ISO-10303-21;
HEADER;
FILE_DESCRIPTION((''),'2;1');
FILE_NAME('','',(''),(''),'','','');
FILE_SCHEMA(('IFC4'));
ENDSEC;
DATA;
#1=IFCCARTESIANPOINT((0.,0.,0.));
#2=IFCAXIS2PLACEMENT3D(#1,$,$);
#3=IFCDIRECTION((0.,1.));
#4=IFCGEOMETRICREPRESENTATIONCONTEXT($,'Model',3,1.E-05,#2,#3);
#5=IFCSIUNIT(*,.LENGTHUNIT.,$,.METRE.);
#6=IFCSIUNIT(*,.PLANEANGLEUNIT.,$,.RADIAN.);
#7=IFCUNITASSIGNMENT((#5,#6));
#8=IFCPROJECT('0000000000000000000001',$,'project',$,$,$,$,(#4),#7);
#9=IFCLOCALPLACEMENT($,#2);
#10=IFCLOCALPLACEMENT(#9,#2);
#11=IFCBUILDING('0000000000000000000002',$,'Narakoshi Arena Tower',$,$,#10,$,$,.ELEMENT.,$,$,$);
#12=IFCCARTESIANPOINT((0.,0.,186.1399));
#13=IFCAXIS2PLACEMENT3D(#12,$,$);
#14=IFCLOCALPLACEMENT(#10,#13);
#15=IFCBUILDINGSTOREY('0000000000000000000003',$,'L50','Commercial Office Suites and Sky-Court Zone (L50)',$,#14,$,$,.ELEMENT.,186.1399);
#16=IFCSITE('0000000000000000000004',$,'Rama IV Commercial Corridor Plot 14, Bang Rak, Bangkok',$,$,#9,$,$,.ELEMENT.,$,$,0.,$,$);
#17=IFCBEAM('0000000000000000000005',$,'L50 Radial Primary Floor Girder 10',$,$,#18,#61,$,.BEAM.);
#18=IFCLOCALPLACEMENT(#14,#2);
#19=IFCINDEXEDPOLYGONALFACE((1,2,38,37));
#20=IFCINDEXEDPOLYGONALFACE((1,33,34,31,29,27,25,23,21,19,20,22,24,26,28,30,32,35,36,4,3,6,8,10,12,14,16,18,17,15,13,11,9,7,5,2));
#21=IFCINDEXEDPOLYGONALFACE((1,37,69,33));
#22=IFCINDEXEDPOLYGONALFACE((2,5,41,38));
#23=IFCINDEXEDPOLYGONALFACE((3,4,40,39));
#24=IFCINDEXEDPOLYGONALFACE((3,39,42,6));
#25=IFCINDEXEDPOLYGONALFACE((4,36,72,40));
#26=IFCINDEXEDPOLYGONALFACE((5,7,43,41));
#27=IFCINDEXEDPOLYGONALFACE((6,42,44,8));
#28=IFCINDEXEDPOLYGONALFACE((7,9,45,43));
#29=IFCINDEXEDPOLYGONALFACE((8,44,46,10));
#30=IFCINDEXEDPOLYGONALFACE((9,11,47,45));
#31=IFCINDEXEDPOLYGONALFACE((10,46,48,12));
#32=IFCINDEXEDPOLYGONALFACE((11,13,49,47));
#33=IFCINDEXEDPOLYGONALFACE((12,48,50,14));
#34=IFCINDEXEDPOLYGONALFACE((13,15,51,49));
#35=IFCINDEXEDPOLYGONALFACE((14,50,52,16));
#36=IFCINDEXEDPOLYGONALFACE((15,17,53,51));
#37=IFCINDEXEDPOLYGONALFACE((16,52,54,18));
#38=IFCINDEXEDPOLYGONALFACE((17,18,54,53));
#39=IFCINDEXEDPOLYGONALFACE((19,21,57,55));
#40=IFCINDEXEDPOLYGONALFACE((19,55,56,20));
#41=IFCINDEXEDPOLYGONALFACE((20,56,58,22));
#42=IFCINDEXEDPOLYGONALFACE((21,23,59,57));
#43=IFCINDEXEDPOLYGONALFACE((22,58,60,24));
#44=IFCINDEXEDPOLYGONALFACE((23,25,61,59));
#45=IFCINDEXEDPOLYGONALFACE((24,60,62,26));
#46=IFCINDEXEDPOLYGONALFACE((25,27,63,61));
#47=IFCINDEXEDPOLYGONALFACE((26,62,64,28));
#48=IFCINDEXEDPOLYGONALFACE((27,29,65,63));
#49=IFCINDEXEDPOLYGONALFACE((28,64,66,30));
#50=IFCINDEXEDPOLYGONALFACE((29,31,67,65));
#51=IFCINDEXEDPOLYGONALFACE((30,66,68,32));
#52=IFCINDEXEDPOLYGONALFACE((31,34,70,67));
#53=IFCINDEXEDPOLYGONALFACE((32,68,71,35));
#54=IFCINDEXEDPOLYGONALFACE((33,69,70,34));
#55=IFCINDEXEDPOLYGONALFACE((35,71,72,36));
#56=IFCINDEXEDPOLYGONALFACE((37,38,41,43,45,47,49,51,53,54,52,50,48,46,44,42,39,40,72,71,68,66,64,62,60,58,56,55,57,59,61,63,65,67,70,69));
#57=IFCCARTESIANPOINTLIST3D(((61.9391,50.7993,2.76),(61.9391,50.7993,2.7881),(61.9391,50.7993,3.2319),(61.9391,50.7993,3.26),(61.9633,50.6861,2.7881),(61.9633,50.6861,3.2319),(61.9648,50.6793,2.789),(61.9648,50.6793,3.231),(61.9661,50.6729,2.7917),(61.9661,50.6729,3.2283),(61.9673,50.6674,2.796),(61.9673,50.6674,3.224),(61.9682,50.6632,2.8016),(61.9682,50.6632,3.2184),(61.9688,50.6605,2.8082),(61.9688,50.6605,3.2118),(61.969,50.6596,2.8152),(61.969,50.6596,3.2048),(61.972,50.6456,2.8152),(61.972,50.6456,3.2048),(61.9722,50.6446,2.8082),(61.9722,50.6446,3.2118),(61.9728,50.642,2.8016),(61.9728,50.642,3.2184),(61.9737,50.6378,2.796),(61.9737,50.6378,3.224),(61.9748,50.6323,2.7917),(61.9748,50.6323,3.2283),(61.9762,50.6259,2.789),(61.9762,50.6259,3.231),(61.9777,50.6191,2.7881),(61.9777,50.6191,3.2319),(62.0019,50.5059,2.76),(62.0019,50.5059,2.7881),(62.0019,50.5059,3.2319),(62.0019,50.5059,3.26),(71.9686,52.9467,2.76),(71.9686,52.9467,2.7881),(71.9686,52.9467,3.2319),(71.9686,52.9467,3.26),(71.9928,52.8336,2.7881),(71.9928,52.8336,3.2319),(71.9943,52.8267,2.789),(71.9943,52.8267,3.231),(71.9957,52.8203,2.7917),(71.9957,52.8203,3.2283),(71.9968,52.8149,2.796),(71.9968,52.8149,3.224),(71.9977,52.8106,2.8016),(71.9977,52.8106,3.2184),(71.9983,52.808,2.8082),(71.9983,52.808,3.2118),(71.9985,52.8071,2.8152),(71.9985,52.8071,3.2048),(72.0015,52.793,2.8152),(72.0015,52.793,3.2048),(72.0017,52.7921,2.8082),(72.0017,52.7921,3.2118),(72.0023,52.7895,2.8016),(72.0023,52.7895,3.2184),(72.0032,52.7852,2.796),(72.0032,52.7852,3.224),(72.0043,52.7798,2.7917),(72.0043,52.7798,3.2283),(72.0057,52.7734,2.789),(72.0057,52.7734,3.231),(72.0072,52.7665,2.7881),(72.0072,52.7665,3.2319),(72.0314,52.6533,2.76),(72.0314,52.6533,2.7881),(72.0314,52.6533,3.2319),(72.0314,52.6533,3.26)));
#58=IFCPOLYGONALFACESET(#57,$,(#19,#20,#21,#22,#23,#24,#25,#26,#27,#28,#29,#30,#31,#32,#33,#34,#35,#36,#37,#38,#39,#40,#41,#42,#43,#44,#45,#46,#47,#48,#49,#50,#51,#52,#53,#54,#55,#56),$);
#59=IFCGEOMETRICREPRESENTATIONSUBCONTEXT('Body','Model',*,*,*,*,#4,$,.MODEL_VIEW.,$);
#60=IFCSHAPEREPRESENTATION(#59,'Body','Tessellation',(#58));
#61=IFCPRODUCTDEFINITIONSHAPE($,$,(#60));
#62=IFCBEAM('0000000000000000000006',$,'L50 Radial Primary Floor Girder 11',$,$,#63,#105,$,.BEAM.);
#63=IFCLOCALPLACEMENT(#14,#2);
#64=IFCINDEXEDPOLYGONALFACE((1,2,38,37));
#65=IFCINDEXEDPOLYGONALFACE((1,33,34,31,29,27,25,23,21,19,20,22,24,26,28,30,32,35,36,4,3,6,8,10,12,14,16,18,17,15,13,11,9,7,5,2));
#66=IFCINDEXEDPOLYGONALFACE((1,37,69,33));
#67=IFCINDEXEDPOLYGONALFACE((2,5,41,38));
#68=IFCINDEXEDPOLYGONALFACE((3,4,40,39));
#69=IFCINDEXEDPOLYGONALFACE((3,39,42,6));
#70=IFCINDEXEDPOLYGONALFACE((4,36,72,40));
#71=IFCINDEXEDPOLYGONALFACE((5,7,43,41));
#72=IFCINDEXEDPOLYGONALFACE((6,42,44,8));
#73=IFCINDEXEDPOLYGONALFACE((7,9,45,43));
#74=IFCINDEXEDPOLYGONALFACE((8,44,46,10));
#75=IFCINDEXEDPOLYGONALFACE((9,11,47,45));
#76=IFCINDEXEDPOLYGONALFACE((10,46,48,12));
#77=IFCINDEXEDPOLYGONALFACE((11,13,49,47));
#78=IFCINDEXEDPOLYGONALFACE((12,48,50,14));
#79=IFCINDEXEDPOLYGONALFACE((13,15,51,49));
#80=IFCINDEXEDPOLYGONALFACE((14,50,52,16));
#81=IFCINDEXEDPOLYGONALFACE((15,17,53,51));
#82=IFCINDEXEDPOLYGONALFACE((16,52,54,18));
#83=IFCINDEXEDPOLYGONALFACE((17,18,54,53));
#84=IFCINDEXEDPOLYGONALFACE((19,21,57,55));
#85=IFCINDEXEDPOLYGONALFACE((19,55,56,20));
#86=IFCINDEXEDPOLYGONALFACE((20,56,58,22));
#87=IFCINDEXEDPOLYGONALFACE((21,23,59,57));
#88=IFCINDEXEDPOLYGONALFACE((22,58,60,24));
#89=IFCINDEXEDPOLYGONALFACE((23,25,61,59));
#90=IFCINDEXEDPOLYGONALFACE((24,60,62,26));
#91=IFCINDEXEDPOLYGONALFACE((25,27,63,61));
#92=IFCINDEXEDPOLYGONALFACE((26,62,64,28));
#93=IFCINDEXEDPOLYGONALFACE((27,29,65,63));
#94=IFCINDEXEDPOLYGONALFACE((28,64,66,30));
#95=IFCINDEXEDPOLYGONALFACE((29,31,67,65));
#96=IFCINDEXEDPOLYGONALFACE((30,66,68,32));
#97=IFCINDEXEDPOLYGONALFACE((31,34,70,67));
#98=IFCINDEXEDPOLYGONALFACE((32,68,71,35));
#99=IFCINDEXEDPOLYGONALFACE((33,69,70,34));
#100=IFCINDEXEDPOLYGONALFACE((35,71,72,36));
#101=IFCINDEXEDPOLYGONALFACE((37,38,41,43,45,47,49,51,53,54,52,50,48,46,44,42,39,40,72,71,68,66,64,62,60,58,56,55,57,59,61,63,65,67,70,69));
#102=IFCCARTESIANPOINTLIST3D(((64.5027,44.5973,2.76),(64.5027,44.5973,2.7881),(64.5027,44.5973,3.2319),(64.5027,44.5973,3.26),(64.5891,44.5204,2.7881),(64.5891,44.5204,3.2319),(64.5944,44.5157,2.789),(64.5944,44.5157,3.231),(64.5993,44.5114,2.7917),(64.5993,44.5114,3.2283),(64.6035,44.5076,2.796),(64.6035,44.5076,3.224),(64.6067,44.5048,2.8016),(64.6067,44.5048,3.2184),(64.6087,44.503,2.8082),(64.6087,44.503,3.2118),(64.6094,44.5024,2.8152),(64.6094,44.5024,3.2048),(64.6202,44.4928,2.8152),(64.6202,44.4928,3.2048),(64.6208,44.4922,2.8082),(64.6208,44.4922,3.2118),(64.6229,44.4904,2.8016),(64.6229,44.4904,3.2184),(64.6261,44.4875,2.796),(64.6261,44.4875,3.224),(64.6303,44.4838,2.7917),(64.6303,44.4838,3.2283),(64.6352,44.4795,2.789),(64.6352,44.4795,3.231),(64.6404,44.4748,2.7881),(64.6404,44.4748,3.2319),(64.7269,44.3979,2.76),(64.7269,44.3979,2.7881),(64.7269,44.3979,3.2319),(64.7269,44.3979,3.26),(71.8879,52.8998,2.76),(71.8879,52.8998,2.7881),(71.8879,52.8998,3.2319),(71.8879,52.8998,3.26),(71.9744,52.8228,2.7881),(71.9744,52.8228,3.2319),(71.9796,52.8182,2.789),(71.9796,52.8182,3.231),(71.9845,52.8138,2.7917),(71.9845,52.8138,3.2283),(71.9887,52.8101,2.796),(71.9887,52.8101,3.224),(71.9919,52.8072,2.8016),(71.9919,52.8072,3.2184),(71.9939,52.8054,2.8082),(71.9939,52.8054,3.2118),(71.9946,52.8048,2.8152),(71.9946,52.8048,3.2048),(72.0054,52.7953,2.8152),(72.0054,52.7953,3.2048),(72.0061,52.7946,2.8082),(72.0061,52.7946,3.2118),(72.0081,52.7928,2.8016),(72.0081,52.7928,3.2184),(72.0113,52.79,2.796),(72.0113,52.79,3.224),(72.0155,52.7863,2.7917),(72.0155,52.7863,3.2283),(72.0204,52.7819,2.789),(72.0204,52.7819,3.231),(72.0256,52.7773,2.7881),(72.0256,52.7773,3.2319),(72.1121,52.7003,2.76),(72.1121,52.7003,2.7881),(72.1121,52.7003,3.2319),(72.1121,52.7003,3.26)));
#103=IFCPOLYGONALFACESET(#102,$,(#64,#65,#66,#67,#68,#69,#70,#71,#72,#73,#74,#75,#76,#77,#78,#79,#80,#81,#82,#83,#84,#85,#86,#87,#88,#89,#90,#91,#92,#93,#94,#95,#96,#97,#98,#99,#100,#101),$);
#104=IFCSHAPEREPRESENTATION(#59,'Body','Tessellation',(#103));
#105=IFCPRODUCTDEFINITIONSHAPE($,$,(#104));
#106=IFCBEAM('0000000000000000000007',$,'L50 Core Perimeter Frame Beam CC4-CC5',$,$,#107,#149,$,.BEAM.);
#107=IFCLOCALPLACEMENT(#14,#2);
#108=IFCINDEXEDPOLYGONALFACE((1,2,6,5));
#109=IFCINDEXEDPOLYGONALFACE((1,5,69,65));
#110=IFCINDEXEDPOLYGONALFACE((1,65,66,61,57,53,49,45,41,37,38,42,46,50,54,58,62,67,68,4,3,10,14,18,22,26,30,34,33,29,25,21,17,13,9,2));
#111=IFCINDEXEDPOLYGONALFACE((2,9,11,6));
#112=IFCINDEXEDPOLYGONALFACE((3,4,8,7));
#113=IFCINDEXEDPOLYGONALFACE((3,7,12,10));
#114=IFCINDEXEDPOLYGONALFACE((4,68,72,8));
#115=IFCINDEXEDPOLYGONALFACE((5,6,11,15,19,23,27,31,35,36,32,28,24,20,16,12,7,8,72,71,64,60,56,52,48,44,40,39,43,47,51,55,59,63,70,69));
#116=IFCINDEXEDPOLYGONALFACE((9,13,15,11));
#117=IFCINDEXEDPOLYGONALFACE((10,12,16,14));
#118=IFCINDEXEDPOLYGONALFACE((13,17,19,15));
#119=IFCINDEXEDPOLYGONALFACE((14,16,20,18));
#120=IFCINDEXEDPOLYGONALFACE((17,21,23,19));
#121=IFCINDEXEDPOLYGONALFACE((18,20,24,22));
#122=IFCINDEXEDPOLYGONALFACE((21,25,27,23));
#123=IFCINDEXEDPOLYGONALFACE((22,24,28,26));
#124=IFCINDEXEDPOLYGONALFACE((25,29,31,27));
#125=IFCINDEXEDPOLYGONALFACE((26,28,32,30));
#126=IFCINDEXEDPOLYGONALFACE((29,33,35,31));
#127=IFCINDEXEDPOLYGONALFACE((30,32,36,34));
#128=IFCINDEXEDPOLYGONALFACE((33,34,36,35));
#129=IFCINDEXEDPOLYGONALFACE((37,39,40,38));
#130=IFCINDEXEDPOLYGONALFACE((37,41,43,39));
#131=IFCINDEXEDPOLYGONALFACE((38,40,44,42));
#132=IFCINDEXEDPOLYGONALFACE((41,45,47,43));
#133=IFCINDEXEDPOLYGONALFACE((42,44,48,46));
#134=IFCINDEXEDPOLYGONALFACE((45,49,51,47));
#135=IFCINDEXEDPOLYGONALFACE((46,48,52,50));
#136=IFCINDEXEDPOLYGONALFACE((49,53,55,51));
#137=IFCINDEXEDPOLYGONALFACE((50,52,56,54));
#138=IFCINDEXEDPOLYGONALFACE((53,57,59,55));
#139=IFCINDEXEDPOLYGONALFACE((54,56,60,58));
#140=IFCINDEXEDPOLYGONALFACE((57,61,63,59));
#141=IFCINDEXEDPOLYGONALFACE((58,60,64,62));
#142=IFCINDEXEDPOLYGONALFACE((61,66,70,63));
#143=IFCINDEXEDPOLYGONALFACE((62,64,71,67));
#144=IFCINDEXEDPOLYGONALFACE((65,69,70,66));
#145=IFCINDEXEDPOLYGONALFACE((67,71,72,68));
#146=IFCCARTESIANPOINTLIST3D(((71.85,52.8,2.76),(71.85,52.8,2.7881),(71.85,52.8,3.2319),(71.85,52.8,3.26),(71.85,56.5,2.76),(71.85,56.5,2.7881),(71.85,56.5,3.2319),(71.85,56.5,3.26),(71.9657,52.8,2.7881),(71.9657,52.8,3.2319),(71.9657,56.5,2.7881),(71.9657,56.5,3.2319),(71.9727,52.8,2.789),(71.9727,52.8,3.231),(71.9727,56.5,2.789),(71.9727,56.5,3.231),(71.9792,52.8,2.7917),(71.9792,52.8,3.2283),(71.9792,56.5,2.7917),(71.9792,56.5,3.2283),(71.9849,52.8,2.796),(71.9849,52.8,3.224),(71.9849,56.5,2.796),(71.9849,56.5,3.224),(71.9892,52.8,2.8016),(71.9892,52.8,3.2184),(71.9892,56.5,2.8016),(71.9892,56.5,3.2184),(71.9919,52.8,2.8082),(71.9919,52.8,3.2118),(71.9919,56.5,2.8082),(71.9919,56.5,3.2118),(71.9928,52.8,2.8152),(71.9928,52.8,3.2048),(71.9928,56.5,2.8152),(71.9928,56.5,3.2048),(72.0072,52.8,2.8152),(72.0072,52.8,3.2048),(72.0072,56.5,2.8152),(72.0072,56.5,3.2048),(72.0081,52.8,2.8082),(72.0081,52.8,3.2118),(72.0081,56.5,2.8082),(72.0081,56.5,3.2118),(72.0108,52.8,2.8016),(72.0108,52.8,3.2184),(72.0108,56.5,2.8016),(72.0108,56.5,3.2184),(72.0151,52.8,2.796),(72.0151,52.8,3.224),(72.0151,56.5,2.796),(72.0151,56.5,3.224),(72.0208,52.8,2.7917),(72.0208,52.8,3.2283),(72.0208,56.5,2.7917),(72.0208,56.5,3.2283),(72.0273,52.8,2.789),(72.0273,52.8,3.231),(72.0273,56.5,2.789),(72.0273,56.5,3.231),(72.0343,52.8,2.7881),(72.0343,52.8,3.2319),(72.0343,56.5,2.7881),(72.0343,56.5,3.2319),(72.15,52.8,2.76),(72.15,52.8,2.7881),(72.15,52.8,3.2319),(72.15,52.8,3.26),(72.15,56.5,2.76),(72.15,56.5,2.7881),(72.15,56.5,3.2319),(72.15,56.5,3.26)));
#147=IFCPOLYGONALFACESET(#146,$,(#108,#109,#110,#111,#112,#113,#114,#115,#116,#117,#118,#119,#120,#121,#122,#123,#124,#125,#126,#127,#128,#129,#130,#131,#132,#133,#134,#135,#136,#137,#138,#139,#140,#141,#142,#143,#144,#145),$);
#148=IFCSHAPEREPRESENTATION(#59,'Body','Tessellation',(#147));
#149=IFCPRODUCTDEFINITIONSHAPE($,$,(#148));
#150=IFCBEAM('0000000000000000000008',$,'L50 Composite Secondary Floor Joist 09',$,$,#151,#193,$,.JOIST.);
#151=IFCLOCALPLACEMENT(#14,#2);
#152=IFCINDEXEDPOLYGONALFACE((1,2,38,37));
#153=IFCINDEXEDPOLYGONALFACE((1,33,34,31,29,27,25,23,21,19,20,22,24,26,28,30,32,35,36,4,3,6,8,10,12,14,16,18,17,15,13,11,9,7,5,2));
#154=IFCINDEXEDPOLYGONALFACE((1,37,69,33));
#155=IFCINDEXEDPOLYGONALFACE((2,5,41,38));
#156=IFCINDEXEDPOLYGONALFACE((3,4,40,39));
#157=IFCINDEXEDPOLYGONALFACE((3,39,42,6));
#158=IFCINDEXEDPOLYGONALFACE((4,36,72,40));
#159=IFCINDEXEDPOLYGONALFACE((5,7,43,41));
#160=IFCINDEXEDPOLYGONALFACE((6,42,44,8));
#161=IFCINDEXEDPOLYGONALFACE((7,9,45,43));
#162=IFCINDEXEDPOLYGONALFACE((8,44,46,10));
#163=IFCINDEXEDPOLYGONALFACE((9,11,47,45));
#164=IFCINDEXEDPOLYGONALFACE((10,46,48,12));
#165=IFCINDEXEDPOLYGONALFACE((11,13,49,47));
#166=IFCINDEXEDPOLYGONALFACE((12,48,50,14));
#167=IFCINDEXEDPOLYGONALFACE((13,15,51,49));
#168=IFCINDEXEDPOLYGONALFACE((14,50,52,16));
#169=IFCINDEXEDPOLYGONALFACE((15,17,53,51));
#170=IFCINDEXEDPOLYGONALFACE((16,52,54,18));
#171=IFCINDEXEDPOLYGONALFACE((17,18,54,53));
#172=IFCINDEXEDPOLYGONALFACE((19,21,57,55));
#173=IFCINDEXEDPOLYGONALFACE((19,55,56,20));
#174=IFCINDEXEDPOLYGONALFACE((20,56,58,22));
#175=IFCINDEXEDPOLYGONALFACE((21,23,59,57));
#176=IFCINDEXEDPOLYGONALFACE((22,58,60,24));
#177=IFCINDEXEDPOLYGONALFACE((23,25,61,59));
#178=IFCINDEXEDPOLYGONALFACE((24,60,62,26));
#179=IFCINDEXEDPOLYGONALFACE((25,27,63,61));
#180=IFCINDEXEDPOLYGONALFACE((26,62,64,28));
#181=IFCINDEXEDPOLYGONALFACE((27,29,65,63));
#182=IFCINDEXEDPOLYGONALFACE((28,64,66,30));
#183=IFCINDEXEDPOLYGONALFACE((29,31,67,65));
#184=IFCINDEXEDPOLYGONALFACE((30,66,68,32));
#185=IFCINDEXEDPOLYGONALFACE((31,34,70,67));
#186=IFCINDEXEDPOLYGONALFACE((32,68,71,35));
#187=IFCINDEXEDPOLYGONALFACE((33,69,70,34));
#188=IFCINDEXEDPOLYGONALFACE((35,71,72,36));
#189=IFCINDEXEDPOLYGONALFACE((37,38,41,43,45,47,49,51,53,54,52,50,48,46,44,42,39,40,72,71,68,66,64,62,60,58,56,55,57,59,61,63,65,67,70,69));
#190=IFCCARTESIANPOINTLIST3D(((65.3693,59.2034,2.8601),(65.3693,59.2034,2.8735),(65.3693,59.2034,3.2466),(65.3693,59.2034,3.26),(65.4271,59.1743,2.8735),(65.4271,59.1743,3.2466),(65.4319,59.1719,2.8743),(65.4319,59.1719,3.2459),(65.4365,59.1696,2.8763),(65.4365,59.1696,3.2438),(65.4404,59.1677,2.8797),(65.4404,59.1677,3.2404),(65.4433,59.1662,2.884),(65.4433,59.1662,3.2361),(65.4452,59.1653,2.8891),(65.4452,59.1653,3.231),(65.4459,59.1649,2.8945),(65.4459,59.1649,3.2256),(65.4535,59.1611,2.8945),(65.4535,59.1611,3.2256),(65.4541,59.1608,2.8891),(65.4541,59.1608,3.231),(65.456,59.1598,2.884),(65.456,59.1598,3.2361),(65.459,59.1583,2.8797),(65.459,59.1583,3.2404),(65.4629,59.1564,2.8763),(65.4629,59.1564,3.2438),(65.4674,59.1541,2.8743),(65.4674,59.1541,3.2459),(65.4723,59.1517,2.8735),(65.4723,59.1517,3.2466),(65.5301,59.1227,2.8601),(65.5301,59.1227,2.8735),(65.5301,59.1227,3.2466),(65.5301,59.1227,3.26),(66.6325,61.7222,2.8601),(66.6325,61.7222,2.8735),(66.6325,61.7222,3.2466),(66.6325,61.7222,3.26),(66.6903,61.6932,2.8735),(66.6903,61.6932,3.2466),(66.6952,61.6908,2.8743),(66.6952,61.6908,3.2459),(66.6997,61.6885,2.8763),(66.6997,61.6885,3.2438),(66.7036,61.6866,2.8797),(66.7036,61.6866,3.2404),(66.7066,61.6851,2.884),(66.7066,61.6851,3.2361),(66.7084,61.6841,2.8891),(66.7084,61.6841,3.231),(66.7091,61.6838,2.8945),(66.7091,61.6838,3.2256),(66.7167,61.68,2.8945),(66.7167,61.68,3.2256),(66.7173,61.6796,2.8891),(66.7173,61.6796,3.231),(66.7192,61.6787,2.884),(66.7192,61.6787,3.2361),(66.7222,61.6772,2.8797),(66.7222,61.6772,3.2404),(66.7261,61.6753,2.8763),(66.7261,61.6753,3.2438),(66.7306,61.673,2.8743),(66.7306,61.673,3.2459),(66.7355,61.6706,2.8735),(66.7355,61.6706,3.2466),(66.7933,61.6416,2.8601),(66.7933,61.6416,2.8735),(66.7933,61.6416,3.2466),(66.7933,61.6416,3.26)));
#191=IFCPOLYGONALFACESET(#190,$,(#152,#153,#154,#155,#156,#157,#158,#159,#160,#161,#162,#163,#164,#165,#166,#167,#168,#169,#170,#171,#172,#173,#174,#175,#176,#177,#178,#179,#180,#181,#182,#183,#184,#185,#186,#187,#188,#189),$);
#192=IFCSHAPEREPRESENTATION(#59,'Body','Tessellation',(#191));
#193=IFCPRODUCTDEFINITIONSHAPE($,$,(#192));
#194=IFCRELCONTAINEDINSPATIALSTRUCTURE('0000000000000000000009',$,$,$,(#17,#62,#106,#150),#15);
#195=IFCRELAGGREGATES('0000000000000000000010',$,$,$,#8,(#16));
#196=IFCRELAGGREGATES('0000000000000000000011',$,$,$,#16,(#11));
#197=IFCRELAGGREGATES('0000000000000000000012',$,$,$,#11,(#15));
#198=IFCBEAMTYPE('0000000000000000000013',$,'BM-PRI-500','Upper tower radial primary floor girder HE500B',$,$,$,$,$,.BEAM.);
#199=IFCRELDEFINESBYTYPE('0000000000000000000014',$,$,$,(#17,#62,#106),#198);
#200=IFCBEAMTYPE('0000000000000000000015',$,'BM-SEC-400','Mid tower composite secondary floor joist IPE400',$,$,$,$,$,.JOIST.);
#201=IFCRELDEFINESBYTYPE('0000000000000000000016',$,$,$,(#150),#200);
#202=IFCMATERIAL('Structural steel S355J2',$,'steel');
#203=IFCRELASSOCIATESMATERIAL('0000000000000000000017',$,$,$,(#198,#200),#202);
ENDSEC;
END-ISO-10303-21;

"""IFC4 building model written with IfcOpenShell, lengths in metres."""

from ifc_helpers import new_model, si_unit, direction, frame, origin, origin_2d, place, context, subcontext, project, spatial, i_section, extrude, material, material_profile, profile_set, type_object, element, save


model = new_model("IFC4")

# Units and contexts
model_context = context("Model", 3, precision=1e-05, world=origin(), true_north=direction((0.0, 1.0)))
body_context = subcontext(model_context, "Body", "Model", "MODEL_VIEW")
ifc_project = project(units=[si_unit("LENGTHUNIT", "METRE"), si_unit("PLANEANGLEUNIT", "RADIAN")], contexts=[model_context])

# Site, building, storey
site_placement = place(None, origin())
site = spatial("IfcSite", under=ifc_project, at=site_placement, Name="Rama IV Commercial Corridor Plot 14, Bang Rak, Bangkok", CompositionType="ELEMENT", RefElevation=0.0)
building_placement = place(site_placement, origin())
building = spatial("IfcBuilding", under=site, at=building_placement, Name="Narakoshi Arena Tower", CompositionType="ELEMENT")
storey_placement = place(building_placement, frame((0.0, 0.0, 186.1399)))
storey = spatial("IfcBuildingStorey", under=building, at=storey_placement, Name="L50", Description="Commercial Office Suites and Sky-Court Zone (L50)", CompositionType="ELEMENT", Elevation=186.1399)

# Beams
ifc_material_1 = material(Name="Structural steel S355J2", Category="steel")
ifc_material_profile_1 = material_profile(ifc_material_1, i_section(OverallWidth=0.3, OverallDepth=0.5, WebThickness=0.0144, FlangeThickness=0.0281, FilletRadius=0.0271, at=origin_2d()), Name="HE500B")
ifc_profile_set_1 = profile_set([ifc_material_profile_1], Name="Structural steel S355J2")
beam_type_1 = type_object("IfcBeamType", Name="BM-PRI-500", Description="Upper tower radial primary floor girder HE500B", PredefinedType="BEAM", material=ifc_profile_set_1)
beam_1_placement = place(storey_placement, frame((72.0, 52.8, 3.01), z_axis=(-0.977837, -0.209368, 0.0), x_axis=(0.209368, -0.977837, 0.0)))
element("IfcBeam", 1, at=beam_1_placement, inside=storey, type_object=beam_type_1, Name="L50 Radial Primary Floor Girder 10", PredefinedType="BEAM", context=body_context, shape_type="SweptSolid", body=[
    extrude(i_section(OverallWidth=0.3, OverallDepth=0.5, WebThickness=0.0144, FlangeThickness=0.0281, FilletRadius=0.0271, at=origin_2d()), origin(), (0.0, 0.0, 1.0), 10.2568),
])
beam_2_placement = place(storey_placement, frame((72.0, 52.8, 3.01), z_axis=(-0.664628, -0.747174, 0.0), x_axis=(0.747174, -0.664628, 0.0)))
element("IfcBeam", 2, at=beam_2_placement, inside=storey, type_object=beam_type_1, Name="L50 Radial Primary Floor Girder 11", PredefinedType="BEAM", context=body_context, shape_type="SweptSolid", body=[
    extrude(i_section(OverallWidth=0.3, OverallDepth=0.5, WebThickness=0.0144, FlangeThickness=0.0281, FilletRadius=0.0271, at=origin_2d()), origin(), (0.0, 0.0, 1.0), 11.1118),
])
beam_3_placement = place(storey_placement, frame((72.0, 52.8, 3.01), z_axis=(0.0, 1.0, 0.0), x_axis=(-1.0, 0.0, 0.0)))
element("IfcBeam", 3, at=beam_3_placement, inside=storey, type_object=beam_type_1, Name="L50 Core Perimeter Frame Beam CC4-CC5", PredefinedType="BEAM", context=body_context, shape_type="SweptSolid", body=[
    extrude(i_section(OverallWidth=0.3, OverallDepth=0.5, WebThickness=0.0144, FlangeThickness=0.0281, FilletRadius=0.0271, at=origin_2d()), origin(), (0.0, 0.0, 1.0), 3.7),
])
ifc_material_profile_2 = material_profile(ifc_material_1, i_section(OverallWidth=0.1799, OverallDepth=0.3999, WebThickness=0.0085, FlangeThickness=0.0134, FilletRadius=0.021, at=origin_2d()), Name="IPE400")
ifc_profile_set_2 = profile_set([ifc_material_profile_2], Name="Structural steel S355J2")
beam_type_2 = type_object("IfcBeamType", Name="BM-SEC-400", Description="Mid tower composite secondary floor joist IPE400", PredefinedType="JOIST", material=ifc_profile_set_2)
beam_4_placement = place(storey_placement, frame((66.7129, 61.6819, 3.0601), z_axis=(-0.448288, -0.893889, 0.0), x_axis=(0.893889, -0.448288, 0.0)))
element("IfcBeam", 4, at=beam_4_placement, inside=storey, type_object=beam_type_2, Name="L50 Composite Secondary Floor Joist 09", PredefinedType="JOIST", context=body_context, shape_type="SweptSolid", body=[
    extrude(i_section(OverallWidth=0.1799, OverallDepth=0.3999, WebThickness=0.0085, FlangeThickness=0.0134, FilletRadius=0.021, at=origin_2d()), origin(), (0.0, 0.0, 1.0), 2.8179),
])

save(model, "model.ifc")
